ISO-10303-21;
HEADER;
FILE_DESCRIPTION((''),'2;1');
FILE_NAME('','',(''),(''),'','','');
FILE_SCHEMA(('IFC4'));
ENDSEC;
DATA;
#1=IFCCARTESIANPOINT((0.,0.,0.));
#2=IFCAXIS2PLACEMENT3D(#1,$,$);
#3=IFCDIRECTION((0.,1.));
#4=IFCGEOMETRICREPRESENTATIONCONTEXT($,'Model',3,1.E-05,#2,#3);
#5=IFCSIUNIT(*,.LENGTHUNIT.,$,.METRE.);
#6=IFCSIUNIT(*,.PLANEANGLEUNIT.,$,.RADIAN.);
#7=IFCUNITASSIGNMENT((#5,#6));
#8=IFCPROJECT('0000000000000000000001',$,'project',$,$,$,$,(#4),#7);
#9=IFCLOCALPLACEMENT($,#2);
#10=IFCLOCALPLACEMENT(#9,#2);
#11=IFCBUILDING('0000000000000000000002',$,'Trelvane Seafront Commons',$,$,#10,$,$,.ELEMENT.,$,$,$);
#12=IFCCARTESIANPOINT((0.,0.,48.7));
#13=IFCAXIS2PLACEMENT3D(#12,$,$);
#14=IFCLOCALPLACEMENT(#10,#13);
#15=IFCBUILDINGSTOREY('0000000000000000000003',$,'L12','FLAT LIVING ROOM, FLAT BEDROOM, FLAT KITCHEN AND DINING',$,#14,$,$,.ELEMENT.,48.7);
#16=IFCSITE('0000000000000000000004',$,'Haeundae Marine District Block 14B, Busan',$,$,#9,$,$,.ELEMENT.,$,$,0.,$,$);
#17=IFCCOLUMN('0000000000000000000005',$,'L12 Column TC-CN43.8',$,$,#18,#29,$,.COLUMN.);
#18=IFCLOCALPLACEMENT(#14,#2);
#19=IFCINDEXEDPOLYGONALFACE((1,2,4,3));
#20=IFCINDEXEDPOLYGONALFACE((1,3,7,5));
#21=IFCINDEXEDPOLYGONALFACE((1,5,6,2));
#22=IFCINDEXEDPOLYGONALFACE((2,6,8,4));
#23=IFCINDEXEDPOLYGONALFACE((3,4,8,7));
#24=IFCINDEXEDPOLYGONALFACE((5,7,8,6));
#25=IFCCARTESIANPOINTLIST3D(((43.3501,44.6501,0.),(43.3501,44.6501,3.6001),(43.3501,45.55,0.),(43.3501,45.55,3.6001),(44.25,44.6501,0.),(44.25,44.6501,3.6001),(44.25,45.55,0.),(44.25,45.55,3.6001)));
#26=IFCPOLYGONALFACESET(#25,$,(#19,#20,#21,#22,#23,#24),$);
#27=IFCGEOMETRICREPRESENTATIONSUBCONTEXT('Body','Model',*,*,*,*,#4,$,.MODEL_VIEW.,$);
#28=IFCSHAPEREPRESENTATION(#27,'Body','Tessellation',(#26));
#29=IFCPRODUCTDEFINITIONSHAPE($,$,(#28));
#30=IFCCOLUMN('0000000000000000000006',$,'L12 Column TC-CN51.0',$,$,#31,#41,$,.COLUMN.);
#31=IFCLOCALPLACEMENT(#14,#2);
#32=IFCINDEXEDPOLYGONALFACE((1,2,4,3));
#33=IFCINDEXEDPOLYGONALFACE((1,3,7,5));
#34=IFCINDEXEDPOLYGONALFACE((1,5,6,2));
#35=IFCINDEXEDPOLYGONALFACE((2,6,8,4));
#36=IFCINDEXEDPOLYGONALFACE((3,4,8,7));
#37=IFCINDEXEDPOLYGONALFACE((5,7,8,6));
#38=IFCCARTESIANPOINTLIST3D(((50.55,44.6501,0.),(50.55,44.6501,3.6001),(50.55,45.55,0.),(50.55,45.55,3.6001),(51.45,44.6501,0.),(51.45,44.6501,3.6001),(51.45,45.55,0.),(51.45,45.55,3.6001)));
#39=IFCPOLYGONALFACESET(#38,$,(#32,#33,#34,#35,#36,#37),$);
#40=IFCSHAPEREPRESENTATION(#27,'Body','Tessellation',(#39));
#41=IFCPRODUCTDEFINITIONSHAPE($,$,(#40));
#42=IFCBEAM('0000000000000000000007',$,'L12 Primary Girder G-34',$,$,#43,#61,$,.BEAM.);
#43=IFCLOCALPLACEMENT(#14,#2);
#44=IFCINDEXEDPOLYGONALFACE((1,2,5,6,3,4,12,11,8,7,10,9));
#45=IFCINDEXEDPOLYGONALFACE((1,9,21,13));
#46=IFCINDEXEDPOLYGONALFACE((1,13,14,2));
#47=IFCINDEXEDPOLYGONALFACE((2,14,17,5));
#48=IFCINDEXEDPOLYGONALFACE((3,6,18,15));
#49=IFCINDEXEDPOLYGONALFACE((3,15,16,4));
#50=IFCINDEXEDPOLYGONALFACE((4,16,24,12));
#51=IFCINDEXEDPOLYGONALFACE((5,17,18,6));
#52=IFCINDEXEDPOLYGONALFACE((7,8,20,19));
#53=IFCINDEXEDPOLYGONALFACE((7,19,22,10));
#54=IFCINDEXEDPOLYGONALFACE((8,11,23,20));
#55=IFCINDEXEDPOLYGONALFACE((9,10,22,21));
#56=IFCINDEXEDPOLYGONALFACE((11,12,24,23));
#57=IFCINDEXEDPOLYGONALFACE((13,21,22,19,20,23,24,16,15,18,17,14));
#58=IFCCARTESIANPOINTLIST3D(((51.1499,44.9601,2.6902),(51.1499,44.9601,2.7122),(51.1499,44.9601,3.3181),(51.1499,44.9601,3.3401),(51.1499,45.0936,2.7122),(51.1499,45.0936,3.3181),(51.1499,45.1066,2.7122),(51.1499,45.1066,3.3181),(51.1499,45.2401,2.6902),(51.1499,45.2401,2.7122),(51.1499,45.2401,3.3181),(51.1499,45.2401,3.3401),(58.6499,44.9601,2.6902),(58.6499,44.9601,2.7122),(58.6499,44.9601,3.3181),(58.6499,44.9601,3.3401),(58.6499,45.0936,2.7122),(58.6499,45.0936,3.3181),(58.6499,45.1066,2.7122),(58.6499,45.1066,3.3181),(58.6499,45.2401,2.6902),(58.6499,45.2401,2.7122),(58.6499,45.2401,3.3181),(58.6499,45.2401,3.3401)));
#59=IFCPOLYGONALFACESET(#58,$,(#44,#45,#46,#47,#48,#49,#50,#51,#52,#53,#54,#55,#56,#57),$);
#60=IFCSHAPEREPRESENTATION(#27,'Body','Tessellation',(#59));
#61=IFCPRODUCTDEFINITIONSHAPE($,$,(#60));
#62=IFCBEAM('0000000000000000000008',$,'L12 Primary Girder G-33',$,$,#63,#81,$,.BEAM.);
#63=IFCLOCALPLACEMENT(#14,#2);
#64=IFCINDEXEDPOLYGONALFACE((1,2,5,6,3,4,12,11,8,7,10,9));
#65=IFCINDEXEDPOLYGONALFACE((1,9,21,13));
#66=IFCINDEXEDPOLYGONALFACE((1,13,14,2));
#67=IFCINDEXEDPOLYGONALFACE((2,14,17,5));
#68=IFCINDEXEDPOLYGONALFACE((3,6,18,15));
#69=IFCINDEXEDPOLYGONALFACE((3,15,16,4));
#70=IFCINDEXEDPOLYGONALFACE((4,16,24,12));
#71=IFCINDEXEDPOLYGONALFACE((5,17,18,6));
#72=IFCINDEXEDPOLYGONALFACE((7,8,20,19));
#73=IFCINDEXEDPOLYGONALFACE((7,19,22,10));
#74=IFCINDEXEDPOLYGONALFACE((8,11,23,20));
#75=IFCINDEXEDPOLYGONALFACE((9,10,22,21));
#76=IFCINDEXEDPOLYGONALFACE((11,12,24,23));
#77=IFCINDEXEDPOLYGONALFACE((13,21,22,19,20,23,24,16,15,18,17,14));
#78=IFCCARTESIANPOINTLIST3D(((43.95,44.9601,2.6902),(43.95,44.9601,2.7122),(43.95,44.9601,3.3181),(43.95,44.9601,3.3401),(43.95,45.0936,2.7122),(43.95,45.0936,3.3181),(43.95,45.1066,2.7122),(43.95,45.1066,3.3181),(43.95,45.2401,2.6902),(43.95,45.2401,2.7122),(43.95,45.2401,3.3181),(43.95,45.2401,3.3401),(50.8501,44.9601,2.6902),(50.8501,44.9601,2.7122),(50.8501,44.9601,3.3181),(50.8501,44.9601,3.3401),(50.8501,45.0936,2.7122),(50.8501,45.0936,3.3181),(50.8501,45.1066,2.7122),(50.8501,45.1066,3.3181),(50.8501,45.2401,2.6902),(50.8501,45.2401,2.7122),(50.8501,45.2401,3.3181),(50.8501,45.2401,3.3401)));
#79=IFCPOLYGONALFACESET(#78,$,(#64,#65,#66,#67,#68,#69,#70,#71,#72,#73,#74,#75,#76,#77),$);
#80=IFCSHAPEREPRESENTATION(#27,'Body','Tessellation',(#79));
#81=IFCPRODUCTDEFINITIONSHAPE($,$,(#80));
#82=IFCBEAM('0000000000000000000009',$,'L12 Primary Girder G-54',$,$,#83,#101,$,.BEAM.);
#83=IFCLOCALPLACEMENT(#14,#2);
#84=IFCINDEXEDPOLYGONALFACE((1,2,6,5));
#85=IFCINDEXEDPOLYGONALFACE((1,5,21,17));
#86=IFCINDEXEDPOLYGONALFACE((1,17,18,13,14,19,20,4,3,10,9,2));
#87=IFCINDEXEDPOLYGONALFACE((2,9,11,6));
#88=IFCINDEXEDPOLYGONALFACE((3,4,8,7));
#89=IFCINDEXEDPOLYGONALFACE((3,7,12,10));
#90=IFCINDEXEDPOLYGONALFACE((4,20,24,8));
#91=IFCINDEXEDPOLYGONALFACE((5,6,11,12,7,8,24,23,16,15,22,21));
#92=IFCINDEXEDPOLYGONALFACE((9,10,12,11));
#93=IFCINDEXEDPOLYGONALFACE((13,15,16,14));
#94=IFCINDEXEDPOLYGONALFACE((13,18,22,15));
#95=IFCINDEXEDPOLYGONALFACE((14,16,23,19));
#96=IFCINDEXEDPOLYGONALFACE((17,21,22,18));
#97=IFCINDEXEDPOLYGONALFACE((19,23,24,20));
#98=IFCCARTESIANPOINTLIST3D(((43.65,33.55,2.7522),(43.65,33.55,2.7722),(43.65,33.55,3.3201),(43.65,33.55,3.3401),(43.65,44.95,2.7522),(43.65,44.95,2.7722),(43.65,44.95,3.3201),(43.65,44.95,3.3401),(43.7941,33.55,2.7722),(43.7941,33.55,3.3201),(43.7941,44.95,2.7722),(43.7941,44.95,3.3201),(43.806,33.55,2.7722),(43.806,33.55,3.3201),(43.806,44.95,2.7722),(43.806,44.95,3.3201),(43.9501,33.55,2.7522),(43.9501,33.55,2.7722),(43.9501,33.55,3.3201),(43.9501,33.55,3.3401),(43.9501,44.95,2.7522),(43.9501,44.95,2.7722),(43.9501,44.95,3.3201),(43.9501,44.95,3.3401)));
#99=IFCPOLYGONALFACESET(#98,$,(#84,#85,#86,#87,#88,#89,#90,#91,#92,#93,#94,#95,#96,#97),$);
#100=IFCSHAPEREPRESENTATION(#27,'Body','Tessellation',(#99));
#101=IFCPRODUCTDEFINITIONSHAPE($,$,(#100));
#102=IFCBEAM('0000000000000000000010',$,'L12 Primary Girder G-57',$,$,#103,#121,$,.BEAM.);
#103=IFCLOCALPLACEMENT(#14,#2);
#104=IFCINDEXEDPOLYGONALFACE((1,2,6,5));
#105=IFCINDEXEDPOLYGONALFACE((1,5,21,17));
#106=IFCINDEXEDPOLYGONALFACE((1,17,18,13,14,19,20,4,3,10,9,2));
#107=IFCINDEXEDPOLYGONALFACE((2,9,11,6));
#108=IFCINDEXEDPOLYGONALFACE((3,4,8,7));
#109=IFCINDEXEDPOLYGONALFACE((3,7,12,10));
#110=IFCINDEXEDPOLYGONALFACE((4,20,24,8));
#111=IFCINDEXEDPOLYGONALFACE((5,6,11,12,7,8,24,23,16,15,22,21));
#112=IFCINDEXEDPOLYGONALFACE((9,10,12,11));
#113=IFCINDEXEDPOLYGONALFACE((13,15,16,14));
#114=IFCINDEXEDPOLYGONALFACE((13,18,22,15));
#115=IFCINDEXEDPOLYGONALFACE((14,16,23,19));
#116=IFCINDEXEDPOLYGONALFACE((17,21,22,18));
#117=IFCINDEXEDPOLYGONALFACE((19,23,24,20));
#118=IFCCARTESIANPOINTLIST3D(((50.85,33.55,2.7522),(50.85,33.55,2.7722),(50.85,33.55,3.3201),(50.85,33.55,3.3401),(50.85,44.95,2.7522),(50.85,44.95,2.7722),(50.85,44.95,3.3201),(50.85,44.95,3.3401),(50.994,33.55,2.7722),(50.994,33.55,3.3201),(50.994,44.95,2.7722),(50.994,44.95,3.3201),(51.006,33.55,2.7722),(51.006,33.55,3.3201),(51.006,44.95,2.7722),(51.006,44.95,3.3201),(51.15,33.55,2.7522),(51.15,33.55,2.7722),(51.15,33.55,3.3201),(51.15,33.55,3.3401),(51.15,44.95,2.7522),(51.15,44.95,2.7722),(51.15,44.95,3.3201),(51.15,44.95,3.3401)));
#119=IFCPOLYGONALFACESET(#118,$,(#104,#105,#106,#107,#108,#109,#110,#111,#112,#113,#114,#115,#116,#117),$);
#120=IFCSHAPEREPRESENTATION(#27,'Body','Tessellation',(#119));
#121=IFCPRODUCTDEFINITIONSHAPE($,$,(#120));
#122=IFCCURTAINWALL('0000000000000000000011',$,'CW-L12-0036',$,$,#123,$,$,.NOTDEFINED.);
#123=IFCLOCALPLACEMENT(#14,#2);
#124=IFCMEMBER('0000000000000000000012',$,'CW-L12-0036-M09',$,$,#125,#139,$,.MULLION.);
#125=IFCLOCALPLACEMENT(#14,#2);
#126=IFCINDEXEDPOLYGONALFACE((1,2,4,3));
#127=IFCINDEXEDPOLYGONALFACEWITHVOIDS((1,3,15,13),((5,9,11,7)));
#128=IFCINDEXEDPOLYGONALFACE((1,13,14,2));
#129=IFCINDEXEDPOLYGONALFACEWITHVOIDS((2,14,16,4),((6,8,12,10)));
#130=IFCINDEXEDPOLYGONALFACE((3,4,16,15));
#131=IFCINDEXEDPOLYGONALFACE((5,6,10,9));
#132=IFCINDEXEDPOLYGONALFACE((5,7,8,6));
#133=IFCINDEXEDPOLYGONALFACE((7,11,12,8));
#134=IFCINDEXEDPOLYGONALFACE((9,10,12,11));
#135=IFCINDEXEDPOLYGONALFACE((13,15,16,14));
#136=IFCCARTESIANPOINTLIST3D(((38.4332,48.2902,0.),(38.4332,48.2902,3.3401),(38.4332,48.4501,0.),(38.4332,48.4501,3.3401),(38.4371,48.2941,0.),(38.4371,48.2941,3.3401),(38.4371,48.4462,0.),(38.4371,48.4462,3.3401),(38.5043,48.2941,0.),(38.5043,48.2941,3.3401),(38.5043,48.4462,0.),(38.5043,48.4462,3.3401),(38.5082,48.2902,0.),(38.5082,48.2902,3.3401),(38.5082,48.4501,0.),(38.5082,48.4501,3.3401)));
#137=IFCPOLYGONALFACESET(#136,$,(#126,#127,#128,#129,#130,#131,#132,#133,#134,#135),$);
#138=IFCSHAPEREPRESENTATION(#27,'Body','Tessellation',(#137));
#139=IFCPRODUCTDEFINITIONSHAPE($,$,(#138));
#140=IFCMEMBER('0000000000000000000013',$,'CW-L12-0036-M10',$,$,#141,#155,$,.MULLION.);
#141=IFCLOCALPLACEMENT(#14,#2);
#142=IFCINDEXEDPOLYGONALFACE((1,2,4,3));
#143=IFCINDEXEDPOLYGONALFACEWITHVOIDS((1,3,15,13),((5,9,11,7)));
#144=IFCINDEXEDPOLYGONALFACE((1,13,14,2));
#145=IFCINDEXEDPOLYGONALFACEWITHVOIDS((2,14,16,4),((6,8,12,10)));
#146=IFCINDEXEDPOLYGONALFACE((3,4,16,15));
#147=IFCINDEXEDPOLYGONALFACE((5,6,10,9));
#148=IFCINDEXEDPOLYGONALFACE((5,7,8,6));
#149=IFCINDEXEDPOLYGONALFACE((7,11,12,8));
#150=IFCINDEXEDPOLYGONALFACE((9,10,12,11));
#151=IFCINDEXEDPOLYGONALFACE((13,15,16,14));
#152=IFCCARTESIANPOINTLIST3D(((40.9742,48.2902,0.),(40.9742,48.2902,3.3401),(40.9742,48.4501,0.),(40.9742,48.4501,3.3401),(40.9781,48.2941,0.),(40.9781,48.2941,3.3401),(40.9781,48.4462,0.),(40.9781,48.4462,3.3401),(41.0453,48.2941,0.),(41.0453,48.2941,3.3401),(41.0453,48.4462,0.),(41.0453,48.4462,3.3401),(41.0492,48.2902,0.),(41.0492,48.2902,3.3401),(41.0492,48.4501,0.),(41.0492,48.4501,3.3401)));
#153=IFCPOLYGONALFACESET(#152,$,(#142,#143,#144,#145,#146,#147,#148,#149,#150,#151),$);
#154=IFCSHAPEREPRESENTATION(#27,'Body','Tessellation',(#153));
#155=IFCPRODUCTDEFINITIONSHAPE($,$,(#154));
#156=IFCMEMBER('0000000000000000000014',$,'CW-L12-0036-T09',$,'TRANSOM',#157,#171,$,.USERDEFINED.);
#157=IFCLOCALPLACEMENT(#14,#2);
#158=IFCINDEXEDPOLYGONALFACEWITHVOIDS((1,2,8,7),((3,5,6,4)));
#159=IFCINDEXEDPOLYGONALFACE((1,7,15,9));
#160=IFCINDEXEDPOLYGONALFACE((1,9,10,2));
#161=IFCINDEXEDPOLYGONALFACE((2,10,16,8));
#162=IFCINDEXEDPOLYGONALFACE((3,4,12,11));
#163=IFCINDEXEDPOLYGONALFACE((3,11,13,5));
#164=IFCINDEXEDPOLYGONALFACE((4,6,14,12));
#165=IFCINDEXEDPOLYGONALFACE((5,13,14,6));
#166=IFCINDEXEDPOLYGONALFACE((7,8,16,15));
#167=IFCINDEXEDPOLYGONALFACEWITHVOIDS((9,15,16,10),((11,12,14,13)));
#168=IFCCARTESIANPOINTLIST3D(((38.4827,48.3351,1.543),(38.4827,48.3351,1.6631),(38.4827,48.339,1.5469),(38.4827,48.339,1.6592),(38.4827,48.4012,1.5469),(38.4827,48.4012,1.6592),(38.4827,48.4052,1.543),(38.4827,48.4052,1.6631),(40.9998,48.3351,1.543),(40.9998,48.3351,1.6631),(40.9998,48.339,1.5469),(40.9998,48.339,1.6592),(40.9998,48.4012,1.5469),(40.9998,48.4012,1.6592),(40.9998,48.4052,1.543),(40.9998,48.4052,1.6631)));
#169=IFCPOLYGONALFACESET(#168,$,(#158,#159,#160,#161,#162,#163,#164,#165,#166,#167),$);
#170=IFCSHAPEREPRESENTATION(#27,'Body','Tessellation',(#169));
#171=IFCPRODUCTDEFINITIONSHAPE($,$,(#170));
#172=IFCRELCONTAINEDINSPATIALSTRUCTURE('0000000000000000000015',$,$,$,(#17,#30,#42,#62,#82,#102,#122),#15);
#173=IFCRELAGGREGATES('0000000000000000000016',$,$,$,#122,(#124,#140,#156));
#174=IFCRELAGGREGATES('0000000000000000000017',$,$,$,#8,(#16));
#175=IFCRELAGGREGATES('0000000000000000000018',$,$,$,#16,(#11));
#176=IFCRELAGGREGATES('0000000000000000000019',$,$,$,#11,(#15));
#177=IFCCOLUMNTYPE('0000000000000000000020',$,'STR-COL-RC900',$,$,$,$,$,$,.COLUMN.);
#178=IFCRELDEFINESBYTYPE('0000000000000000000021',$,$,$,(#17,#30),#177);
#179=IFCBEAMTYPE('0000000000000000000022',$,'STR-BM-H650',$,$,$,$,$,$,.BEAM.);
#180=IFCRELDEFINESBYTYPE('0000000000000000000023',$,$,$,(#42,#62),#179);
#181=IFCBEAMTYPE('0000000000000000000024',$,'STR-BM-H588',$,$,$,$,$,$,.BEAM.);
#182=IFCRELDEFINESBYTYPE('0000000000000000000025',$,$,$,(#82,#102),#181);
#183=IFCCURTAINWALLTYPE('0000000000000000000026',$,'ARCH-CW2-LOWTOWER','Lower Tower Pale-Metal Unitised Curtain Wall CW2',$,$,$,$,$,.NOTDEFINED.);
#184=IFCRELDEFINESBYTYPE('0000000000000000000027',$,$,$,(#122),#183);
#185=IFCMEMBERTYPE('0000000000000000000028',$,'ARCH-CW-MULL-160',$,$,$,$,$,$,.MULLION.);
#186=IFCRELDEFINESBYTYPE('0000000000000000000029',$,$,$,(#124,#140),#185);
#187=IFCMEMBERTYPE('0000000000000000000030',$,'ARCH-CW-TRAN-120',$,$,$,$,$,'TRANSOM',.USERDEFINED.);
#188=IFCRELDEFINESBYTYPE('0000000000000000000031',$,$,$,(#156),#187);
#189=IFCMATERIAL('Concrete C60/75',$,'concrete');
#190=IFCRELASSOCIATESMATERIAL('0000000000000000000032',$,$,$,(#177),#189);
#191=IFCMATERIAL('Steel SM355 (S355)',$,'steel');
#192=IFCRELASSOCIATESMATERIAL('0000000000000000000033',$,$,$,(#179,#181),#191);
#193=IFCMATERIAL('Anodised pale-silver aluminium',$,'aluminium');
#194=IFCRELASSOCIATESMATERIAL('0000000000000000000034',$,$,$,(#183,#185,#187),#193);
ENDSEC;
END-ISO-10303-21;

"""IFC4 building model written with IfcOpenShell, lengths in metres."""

from ifc_helpers import new_model, si_unit, direction, frame, origin, origin_2d, place, context, subcontext, project, spatial, rectangle, hollow_rectangle, i_section, extrude, source, transform, mapped, material, material_profile, profile_set, type_object, element, aggregate, save


model = new_model("IFC4")

# Units and contexts
model_context = context("Model", 3, precision=1e-05, world=origin(), true_north=direction((0.0, 1.0)))
body_context = subcontext(model_context, "Body", "Model", "MODEL_VIEW")
ifc_project = project(units=[si_unit("LENGTHUNIT", "METRE"), si_unit("PLANEANGLEUNIT", "RADIAN")], contexts=[model_context])

# Site, building, storey
site_placement = place(None, origin())
site = spatial("IfcSite", under=ifc_project, at=site_placement, Name="Haeundae Marine District Block 14B, Busan", CompositionType="ELEMENT", RefElevation=0.0)
building_placement = place(site_placement, origin())
building = spatial("IfcBuilding", under=site, at=building_placement, Name="Trelvane Seafront Commons", CompositionType="ELEMENT")
storey_placement = place(building_placement, frame((0.0, 0.0, 48.7)))
storey = spatial("IfcBuildingStorey", under=building, at=storey_placement, Name="L12", Description="FLAT LIVING ROOM, FLAT BEDROOM, FLAT KITCHEN AND DINING", CompositionType="ELEMENT", Elevation=48.7)

# Columns
ifc_material_1 = material(Name="Concrete C60/75", Category="concrete")
ifc_material_profile_1 = material_profile(ifc_material_1, rectangle(XDim=0.8999, YDim=0.8999, at=origin_2d()), Name="RC-900x900")
ifc_profile_set_1 = profile_set([ifc_material_profile_1], Name="Concrete C60/75")
column_type = type_object("IfcColumnType", Name="STR-COL-RC900", PredefinedType="COLUMN", material=ifc_profile_set_1)
shared_shape_1 = source(origin(), body_context, "Body", "SweptSolid", [
    extrude(rectangle(XDim=0.8999, YDim=0.8999, at=origin_2d()), origin(), (0.0, 0.0, 1.0), 3.6001),
])
for number, where, z_axis, x_axis, name in (
    (1, (43.8, 45.1001, 0.0), (0.0, 0.0, 1.0), (1.0, 0.0, 0.0), "L12 Column TC-CN43.8"),
    (2, (51.0, 45.1001, 0.0), (0.0, 0.0, 1.0), (1.0, 0.0, 0.0), "L12 Column TC-CN51.0"),
):
    element("IfcColumn", number, at=place(storey_placement, frame(where, z_axis=z_axis, x_axis=x_axis)), inside=storey, type_object=column_type, Name=name, PredefinedType="COLUMN", context=body_context, shape_type="MappedRepresentation", body=[
        mapped(shared_shape_1, transform((0.0, 0.0, 0.0), x_axis=(1.0, 0.0, 0.0), y_axis=(0.0, 1.0, 0.0), z_axis=(0.0, 0.0, 1.0), scale=1.0)),
    ])

# Beams
ifc_material_2 = material(Name="Steel SM355 (S355)", Category="steel")
ifc_material_profile_2 = material_profile(ifc_material_2, i_section(OverallWidth=0.28, OverallDepth=0.6499, WebThickness=0.0129, FlangeThickness=0.022, at=origin_2d()), Name="H-650x280x13x22")
ifc_profile_set_2 = profile_set([ifc_material_profile_2], Name="Steel SM355 (S355)")
beam_type_1 = type_object("IfcBeamType", Name="STR-BM-H650", PredefinedType="BEAM", material=ifc_profile_set_2)
shared_shape_2 = source(origin(), body_context, "Body", "SweptSolid", [
    extrude(i_section(OverallWidth=0.28, OverallDepth=0.6499, WebThickness=0.0129, FlangeThickness=0.022, at=origin_2d()), origin(), (0.0, 0.0, 1.0), 7.5),
])
beam_1_placement = place(storey_placement, frame((51.1499, 45.1001, 3.0151), z_axis=(1.0, 0.0, 0.0), x_axis=(0.0, 1.0, 0.0)))
element("IfcBeam", 3, at=beam_1_placement, inside=storey, type_object=beam_type_1, Name="L12 Primary Girder G-34", PredefinedType="BEAM", context=body_context, shape_type="MappedRepresentation", body=[
    mapped(shared_shape_2, transform((0.0, 0.0, 0.0), x_axis=(1.0, 0.0, 0.0), y_axis=(0.0, 1.0, 0.0), z_axis=(0.0, 0.0, 1.0), scale=1.0)),
])
shared_shape_3 = source(origin(), body_context, "Body", "SweptSolid", [
    extrude(i_section(OverallWidth=0.28, OverallDepth=0.6499, WebThickness=0.0129, FlangeThickness=0.022, at=origin_2d()), origin(), (0.0, 0.0, 1.0), 6.9001),
])
beam_2_placement = place(storey_placement, frame((43.95, 45.1001, 3.0151), z_axis=(1.0, 0.0, 0.0), x_axis=(0.0, 1.0, 0.0)))
element("IfcBeam", 4, at=beam_2_placement, inside=storey, type_object=beam_type_1, Name="L12 Primary Girder G-33", PredefinedType="BEAM", context=body_context, shape_type="MappedRepresentation", body=[
    mapped(shared_shape_3, transform((0.0, 0.0, 0.0), x_axis=(1.0, 0.0, 0.0), y_axis=(0.0, 1.0, 0.0), z_axis=(0.0, 0.0, 1.0), scale=1.0)),
])
ifc_material_profile_3 = material_profile(ifc_material_2, i_section(OverallWidth=0.3, OverallDepth=0.5879, WebThickness=0.012, FlangeThickness=0.02, at=origin_2d()), Name="H-588x300x12x20")
ifc_profile_set_3 = profile_set([ifc_material_profile_3], Name="Steel SM355 (S355)")
beam_type_2 = type_object("IfcBeamType", Name="STR-BM-H588", PredefinedType="BEAM", material=ifc_profile_set_3)
shared_shape_4 = source(origin(), body_context, "Body", "SweptSolid", [
    extrude(i_section(OverallWidth=0.3, OverallDepth=0.5879, WebThickness=0.012, FlangeThickness=0.02, at=origin_2d()), origin(), (0.0, 0.0, 1.0), 11.3999),
])
for number, where, z_axis, x_axis, name in (
    (5, (43.8, 33.55, 3.0461), (0.0, 1.0, 0.0), (-1.0, 0.0, 0.0), "L12 Primary Girder G-54"),
    (6, (51.0, 33.55, 3.0461), (0.0, 1.0, 0.0), (-1.0, 0.0, 0.0), "L12 Primary Girder G-57"),
):
    element("IfcBeam", number, at=place(storey_placement, frame(where, z_axis=z_axis, x_axis=x_axis)), inside=storey, type_object=beam_type_2, Name=name, PredefinedType="BEAM", context=body_context, shape_type="MappedRepresentation", body=[
        mapped(shared_shape_4, transform((0.0, 0.0, 0.0), x_axis=(1.0, 0.0, 0.0), y_axis=(0.0, 1.0, 0.0), z_axis=(0.0, 0.0, 1.0), scale=1.0)),
    ])

# Curtain wall, members
ifc_material_3 = material(Name="Anodised pale-silver aluminium", Category="aluminium")
curtain_wall_type = type_object("IfcCurtainWallType", Name="ARCH-CW2-LOWTOWER", Description="Lower Tower Pale-Metal Unitised Curtain Wall CW2", PredefinedType="NOTDEFINED", material=ifc_material_3)
curtain_wall_placement = place(storey_placement, origin())
curtain_wall = element("IfcCurtainWall", 7, at=curtain_wall_placement, inside=storey, type_object=curtain_wall_type, Name="CW-L12-0036", PredefinedType="NOTDEFINED")
ifc_material_profile_4 = material_profile(ifc_material_3, hollow_rectangle(XDim=0.075, YDim=0.1599, WallThickness=0.0039, at=origin_2d()), Name="MULL-75x160x4")
ifc_profile_set_4 = profile_set([ifc_material_profile_4], Name="Anodised pale-silver aluminium")
member_type_1 = type_object("IfcMemberType", Name="ARCH-CW-MULL-160", PredefinedType="MULLION", material=ifc_profile_set_4)
shared_shape_5 = source(origin(), body_context, "Body", "SweptSolid", [
    extrude(hollow_rectangle(XDim=0.075, YDim=0.1599, WallThickness=0.0039, at=origin_2d()), origin(), (0.0, 0.0, 1.0), 3.3401),
])
member_1_placement = place(storey_placement, frame((38.4707, 48.3701, 0.0), z_axis=(0.0, 0.0, 1.0), x_axis=(1.0, 0.0, 0.0)))
member_1 = element("IfcMember", 8, at=member_1_placement, type_object=member_type_1, Name="CW-L12-0036-M09", PredefinedType="MULLION", context=body_context, shape_type="MappedRepresentation", body=[
    mapped(shared_shape_5, transform((0.0, 0.0, 0.0), x_axis=(1.0, 0.0, 0.0), y_axis=(0.0, 1.0, 0.0), z_axis=(0.0, 0.0, 1.0), scale=1.0)),
])
member_2_placement = place(storey_placement, frame((41.0117, 48.3701, 0.0), z_axis=(0.0, 0.0, 1.0), x_axis=(1.0, 0.0, 0.0)))
member_2 = element("IfcMember", 9, at=member_2_placement, type_object=member_type_1, Name="CW-L12-0036-M10", PredefinedType="MULLION", context=body_context, shape_type="MappedRepresentation", body=[
    mapped(shared_shape_5, transform((0.0, 0.0, 0.0), x_axis=(1.0, 0.0, 0.0), y_axis=(0.0, 1.0, 0.0), z_axis=(0.0, 0.0, 1.0), scale=1.0)),
])
ifc_material_profile_5 = material_profile(ifc_material_3, hollow_rectangle(XDim=0.0701, YDim=0.1201, WallThickness=0.0039, at=origin_2d()), Name="TRAN-70x120x4")
ifc_profile_set_5 = profile_set([ifc_material_profile_5], Name="Anodised pale-silver aluminium")
member_type_2 = type_object("IfcMemberType", Name="ARCH-CW-TRAN-120", ElementType="TRANSOM", PredefinedType="USERDEFINED", material=ifc_profile_set_5)
shared_shape_6 = source(origin(), body_context, "Body", "SweptSolid", [
    extrude(hollow_rectangle(XDim=0.0701, YDim=0.1201, WallThickness=0.0039, at=origin_2d()), origin(), (0.0, 0.0, 1.0), 2.5171),
])
member_3_placement = place(storey_placement, frame((38.4827, 48.3701, 1.603), z_axis=(1.0, 0.0, 0.0), x_axis=(0.0, 1.0, 0.0)))
member_3 = element("IfcMember", 10, at=member_3_placement, type_object=member_type_2, Name="CW-L12-0036-T09", ObjectType="TRANSOM", PredefinedType="USERDEFINED", context=body_context, shape_type="MappedRepresentation", body=[
    mapped(shared_shape_6, transform((0.0, 0.0, 0.0), x_axis=(1.0, 0.0, 0.0), y_axis=(0.0, 1.0, 0.0), z_axis=(0.0, 0.0, 1.0), scale=1.0)),
])
aggregate(curtain_wall, [member_1, member_2, member_3])

save(model, "model.ifc")
